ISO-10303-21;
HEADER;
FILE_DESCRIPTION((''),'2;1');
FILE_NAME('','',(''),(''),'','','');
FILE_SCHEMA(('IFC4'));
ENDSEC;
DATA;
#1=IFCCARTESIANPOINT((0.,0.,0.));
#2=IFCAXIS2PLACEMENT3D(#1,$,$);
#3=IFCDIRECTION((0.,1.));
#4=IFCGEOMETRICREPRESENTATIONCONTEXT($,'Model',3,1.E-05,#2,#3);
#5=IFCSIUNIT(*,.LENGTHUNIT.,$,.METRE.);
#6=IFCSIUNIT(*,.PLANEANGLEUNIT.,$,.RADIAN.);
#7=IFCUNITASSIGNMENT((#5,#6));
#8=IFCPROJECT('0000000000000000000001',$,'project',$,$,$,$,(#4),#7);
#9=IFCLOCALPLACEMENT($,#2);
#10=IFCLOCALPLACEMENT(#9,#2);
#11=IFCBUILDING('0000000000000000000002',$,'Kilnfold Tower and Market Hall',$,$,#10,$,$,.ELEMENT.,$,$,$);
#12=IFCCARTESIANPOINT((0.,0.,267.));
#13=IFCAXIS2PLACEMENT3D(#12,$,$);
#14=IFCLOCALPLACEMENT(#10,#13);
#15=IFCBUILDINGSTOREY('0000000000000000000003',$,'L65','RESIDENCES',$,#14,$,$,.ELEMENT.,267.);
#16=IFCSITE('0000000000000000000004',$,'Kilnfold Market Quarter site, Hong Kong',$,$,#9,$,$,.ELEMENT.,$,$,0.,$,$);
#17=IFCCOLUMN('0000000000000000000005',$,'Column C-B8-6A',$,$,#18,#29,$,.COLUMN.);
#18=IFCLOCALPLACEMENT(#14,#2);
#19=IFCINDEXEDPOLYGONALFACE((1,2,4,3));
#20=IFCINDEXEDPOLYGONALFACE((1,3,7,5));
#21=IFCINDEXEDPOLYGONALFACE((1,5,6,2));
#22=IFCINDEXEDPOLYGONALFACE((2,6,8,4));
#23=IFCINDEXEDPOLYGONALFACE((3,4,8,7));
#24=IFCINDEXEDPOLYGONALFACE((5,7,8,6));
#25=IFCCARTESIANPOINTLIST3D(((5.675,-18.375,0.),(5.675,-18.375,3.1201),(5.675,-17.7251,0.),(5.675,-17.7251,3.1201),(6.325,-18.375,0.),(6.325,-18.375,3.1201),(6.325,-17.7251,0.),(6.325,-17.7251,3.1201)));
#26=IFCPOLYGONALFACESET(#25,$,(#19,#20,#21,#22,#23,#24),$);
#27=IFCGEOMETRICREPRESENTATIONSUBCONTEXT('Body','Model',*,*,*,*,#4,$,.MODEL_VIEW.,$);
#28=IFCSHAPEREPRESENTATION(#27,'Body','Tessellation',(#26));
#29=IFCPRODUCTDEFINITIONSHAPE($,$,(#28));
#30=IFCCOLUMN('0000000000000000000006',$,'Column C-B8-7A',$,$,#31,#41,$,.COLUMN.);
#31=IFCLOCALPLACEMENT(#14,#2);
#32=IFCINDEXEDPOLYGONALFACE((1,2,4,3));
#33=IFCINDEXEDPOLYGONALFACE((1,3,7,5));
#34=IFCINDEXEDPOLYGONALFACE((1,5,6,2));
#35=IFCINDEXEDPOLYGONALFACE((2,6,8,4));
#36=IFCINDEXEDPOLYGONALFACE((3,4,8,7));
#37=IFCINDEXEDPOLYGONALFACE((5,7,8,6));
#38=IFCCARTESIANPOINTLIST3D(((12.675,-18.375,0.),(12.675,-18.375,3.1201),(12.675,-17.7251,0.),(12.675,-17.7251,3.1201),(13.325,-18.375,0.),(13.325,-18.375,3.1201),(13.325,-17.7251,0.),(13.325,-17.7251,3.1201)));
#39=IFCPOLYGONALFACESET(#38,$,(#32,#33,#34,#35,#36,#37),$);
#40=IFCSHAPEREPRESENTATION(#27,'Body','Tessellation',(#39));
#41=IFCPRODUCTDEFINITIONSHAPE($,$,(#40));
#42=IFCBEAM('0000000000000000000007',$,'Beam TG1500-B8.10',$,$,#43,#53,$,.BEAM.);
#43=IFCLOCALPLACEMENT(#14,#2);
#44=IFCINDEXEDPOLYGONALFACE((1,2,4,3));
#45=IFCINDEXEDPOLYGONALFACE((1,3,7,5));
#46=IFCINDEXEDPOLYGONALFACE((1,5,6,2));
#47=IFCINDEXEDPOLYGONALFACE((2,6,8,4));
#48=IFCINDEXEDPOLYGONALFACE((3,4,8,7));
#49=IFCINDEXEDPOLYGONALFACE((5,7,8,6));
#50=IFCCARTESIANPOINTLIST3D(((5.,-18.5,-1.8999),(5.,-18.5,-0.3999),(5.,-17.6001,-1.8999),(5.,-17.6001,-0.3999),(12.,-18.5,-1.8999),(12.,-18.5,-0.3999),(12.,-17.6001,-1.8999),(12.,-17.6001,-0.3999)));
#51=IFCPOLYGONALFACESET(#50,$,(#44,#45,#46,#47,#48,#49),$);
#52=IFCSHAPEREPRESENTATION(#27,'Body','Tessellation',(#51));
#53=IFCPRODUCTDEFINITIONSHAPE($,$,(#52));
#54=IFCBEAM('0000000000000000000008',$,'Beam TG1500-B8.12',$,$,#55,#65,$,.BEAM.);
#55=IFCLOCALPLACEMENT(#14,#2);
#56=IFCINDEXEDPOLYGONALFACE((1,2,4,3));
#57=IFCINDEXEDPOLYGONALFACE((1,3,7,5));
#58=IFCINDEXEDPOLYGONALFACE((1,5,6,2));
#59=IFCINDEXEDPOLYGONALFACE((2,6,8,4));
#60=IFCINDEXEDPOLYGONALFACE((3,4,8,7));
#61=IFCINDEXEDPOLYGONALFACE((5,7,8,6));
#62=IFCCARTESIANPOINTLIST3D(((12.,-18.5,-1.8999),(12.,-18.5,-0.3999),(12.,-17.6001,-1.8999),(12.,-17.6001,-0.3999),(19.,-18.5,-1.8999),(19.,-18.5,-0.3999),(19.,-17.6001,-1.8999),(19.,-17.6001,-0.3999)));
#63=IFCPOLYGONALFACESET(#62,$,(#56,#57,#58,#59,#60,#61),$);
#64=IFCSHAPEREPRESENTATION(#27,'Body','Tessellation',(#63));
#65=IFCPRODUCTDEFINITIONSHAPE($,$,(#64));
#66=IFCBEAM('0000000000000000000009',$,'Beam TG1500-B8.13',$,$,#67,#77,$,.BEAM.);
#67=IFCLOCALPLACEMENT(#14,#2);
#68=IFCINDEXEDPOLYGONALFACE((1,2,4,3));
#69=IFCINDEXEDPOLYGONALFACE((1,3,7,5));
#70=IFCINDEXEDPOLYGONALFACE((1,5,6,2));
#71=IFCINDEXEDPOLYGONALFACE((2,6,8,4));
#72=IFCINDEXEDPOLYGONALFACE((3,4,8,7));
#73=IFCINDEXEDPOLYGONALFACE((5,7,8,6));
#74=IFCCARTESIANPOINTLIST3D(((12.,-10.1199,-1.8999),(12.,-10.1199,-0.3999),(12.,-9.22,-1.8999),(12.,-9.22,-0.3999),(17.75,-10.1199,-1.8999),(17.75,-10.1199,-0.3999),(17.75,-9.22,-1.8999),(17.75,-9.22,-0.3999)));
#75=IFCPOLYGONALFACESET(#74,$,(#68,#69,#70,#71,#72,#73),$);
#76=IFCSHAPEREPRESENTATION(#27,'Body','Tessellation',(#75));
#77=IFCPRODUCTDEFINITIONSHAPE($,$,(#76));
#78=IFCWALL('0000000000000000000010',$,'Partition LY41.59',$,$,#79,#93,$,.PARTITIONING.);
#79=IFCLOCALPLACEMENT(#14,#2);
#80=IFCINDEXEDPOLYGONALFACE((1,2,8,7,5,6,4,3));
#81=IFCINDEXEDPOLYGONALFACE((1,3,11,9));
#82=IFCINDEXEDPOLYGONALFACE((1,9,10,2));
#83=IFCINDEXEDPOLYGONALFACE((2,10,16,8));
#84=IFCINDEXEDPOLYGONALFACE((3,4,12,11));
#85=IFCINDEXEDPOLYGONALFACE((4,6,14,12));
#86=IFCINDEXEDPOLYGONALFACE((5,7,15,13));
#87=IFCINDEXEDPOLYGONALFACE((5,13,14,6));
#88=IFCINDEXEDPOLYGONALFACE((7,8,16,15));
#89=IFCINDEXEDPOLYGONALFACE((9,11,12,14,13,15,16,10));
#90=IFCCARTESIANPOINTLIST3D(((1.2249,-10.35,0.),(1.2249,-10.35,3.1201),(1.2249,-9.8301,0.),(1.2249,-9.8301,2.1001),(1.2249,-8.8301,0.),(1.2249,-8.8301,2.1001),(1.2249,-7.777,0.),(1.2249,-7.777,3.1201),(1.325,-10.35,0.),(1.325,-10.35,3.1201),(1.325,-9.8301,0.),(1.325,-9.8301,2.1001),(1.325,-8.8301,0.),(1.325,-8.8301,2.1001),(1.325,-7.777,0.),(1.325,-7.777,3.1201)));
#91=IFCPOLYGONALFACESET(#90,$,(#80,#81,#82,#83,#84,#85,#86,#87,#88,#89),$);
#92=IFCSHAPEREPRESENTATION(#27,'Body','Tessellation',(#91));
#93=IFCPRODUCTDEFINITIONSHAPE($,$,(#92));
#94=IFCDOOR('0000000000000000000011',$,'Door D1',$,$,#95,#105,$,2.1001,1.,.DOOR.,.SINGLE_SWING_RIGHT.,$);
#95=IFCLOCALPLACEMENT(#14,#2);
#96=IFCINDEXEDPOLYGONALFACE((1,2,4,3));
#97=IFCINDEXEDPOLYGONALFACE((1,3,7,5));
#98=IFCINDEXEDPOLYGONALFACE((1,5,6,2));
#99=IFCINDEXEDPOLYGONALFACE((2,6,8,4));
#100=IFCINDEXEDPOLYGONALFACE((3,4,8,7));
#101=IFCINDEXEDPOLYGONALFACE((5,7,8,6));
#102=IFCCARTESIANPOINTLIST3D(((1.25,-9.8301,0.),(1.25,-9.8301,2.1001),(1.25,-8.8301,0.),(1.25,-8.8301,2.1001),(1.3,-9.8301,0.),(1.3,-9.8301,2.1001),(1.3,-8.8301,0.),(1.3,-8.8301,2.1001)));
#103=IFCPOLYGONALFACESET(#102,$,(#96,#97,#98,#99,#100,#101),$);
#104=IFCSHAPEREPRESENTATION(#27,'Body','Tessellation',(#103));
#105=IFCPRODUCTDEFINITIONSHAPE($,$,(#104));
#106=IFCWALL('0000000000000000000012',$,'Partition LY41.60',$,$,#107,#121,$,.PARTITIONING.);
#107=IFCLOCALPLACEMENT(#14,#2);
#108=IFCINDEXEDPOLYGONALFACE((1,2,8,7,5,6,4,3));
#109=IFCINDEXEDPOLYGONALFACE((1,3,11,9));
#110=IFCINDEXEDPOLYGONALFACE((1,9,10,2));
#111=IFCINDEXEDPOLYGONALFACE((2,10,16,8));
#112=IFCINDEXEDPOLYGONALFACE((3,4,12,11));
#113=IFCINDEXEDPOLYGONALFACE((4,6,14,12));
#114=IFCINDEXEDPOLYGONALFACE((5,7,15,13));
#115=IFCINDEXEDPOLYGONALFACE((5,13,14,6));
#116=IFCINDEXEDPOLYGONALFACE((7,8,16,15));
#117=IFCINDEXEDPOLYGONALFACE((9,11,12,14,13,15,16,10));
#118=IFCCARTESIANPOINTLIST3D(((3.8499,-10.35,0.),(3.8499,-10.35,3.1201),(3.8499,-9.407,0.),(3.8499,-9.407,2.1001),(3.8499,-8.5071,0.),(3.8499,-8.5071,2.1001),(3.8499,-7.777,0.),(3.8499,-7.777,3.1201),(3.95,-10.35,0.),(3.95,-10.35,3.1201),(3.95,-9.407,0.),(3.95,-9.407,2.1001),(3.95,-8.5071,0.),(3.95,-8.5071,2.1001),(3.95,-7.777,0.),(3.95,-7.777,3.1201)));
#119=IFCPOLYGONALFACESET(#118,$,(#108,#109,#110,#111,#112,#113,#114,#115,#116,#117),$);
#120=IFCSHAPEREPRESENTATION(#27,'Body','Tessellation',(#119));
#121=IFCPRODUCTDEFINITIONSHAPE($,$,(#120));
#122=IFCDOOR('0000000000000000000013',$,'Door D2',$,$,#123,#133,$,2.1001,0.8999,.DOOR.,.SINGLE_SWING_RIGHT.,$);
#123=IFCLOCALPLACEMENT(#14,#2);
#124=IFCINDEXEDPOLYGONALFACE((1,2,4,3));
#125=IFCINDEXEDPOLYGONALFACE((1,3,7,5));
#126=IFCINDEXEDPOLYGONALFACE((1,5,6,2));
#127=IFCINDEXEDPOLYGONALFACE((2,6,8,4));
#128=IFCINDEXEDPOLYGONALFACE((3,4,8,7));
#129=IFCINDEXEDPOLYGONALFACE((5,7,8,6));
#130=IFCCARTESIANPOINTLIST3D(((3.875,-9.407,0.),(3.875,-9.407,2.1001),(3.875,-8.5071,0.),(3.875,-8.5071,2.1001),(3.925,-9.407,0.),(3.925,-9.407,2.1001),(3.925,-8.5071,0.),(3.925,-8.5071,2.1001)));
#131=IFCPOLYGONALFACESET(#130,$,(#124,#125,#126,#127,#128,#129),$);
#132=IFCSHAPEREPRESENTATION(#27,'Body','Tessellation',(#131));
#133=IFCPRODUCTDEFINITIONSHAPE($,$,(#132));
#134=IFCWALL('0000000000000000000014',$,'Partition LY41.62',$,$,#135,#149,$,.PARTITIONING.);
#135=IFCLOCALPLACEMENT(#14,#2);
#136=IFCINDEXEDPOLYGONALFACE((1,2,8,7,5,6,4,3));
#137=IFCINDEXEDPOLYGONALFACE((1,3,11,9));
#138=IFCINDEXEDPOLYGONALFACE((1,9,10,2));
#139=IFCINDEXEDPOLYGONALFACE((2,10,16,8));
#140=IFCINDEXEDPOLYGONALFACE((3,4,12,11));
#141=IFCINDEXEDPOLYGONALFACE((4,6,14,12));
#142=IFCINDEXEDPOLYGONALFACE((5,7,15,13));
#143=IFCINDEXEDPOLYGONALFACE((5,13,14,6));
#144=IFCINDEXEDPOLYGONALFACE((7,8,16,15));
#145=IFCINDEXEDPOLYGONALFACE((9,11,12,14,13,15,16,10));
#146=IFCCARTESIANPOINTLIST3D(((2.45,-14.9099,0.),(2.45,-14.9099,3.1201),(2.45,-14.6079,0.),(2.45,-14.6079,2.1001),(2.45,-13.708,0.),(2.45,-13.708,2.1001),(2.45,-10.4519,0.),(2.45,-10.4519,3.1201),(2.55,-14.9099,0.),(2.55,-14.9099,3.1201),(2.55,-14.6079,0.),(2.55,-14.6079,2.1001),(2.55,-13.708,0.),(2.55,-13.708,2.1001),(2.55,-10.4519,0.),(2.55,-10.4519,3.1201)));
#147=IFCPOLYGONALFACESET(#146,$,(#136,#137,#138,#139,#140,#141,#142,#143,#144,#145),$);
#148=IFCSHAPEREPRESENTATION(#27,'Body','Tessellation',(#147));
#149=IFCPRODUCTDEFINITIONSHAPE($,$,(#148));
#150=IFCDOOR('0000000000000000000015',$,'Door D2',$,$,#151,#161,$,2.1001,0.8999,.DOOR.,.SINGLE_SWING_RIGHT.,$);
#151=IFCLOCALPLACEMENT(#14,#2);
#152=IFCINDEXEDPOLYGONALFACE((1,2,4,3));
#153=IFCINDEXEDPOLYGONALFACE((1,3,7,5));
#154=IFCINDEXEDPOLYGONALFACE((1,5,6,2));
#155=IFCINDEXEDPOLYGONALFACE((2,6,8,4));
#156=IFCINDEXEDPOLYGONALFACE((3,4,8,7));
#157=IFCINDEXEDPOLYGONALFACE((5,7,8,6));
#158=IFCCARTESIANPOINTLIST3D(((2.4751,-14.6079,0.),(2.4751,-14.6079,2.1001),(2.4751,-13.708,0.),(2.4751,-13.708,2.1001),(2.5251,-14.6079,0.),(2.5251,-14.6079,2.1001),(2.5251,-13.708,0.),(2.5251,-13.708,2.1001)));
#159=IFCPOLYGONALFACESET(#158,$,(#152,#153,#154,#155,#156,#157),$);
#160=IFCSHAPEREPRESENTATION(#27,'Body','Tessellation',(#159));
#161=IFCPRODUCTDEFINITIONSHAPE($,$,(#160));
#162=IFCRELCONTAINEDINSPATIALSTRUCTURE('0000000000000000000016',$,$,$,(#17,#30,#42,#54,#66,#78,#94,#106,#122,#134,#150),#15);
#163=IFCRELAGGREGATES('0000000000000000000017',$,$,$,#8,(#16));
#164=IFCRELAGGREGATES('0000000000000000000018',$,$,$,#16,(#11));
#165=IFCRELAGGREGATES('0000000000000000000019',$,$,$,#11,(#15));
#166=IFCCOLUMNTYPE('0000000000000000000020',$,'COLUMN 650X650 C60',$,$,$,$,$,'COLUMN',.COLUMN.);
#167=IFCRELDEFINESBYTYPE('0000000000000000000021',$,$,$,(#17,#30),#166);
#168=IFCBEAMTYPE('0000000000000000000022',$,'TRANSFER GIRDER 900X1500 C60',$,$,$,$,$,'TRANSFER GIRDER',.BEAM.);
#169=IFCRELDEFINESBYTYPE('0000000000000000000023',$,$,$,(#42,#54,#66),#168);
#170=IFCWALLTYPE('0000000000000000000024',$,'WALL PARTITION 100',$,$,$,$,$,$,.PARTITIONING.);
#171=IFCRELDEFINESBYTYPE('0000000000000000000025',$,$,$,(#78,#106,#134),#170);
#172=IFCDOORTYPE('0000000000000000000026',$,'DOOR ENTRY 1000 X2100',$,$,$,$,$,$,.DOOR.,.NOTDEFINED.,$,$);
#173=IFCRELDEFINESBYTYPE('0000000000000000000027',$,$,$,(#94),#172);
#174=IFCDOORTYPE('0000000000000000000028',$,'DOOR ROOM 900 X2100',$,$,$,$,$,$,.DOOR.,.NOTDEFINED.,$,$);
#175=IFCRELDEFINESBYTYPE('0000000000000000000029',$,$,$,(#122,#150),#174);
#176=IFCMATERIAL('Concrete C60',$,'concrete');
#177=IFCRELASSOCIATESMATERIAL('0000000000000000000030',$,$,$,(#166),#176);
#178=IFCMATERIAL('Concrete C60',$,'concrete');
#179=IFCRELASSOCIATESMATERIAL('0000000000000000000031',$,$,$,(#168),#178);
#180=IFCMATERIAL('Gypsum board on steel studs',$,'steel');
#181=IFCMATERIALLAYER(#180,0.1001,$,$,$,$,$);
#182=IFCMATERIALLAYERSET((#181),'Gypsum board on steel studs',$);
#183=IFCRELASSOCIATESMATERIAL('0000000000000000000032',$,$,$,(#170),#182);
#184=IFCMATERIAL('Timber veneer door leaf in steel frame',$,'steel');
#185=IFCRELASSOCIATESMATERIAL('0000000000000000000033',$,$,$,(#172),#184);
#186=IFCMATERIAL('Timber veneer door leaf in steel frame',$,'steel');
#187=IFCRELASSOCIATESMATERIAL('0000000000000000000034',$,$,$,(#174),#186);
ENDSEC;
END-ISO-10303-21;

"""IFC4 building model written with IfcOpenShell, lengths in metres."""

from ifc_helpers import new_model, si_unit, direction, frame, frame_2d, origin, origin_2d, place, context, subcontext, project, spatial, rectangle, extrude, source, transform, mapped, material, layer, layer_set, material_profile, profile_set, type_object, element, fill, save


model = new_model("IFC4")

# Units and contexts
model_context = context("Model", 3, precision=1e-05, world=origin(), true_north=direction((0.0, 1.0)))
body_context = subcontext(model_context, "Body", "Model", "MODEL_VIEW")
ifc_project = project(units=[si_unit("LENGTHUNIT", "METRE"), si_unit("PLANEANGLEUNIT", "RADIAN")], contexts=[model_context])

# Site, building, storey
site_placement = place(None, origin())
site = spatial("IfcSite", under=ifc_project, at=site_placement, Name="Kilnfold Market Quarter site, Hong Kong", CompositionType="ELEMENT", RefElevation=0.0)
building_placement = place(site_placement, origin())
building = spatial("IfcBuilding", under=site, at=building_placement, Name="Kilnfold Tower and Market Hall", CompositionType="ELEMENT")
storey_placement = place(building_placement, frame((0.0, 0.0, 267.0)))
storey = spatial("IfcBuildingStorey", under=building, at=storey_placement, Name="L65", Description="RESIDENCES", CompositionType="ELEMENT", Elevation=267.0)

# Columns
ifc_material_1 = material(Name="Concrete C60", Category="concrete")
ifc_material_profile_1 = material_profile(ifc_material_1, rectangle(XDim=0.6499, YDim=0.6499, at=origin_2d()), Name="RC 650x650")
ifc_profile_set_1 = profile_set([ifc_material_profile_1], Name="Concrete C60")
column_type = type_object("IfcColumnType", Name="COLUMN 650X650 C60", ElementType="COLUMN", PredefinedType="COLUMN", material=ifc_profile_set_1)
shared_shape_1 = source(origin(), body_context, "Body", "SweptSolid", [
    extrude(rectangle(XDim=0.6499, YDim=0.6499, at=origin_2d()), origin(), (0.0, 0.0, 1.0), 3.1201),
])
for number, where, z_axis, x_axis, name in (
    (1, (6.0, -18.05, 0.0), (0.0, 0.0, 1.0), (1.0, 0.0, 0.0), "Column C-B8-6A"),
    (2, (13.0, -18.05, 0.0), (0.0, 0.0, 1.0), (1.0, 0.0, 0.0), "Column C-B8-7A"),
):
    element("IfcColumn", number, at=place(storey_placement, frame(where, z_axis=z_axis, x_axis=x_axis)), inside=storey, type_object=column_type, Name=name, PredefinedType="COLUMN", context=body_context, shape_type="MappedRepresentation", body=[
        mapped(shared_shape_1, transform((0.0, 0.0, 0.0))),
    ])

# Beams
ifc_material_2 = material(Name="Concrete C60", Category="concrete")
ifc_material_profile_2 = material_profile(ifc_material_2, rectangle(XDim=0.8999, YDim=1.5, at=origin_2d()), Name="RC 900x1500")
ifc_profile_set_2 = profile_set([ifc_material_profile_2], Name="Concrete C60")
beam_type = type_object("IfcBeamType", Name="TRANSFER GIRDER 900X1500 C60", ElementType="TRANSFER GIRDER", PredefinedType="BEAM", material=ifc_profile_set_2)
shared_shape_2 = source(origin(), body_context, "Body", "SweptSolid", [
    extrude(rectangle(XDim=0.8999, YDim=1.5, at=origin_2d()), origin(), (0.0, 0.0, 1.0), 7.0),
])
for number, where, z_axis, x_axis, name in (
    (3, (5.0, -18.05, -1.1499), (1.0, 0.0, 0.0), (0.0, 1.0, 0.0), "Beam TG1500-B8.10"),
    (4, (12.0, -18.05, -1.1499), (1.0, 0.0, 0.0), (0.0, 1.0, 0.0), "Beam TG1500-B8.12"),
):
    element("IfcBeam", number, at=place(storey_placement, frame(where, z_axis=z_axis, x_axis=x_axis)), inside=storey, type_object=beam_type, Name=name, PredefinedType="BEAM", context=body_context, shape_type="MappedRepresentation", body=[
        mapped(shared_shape_2, transform((0.0, 0.0, 0.0))),
    ])
shared_shape_3 = source(origin(), body_context, "Body", "SweptSolid", [
    extrude(rectangle(XDim=0.8999, YDim=1.5, at=origin_2d()), origin(), (0.0, 0.0, 1.0), 5.75),
])
beam_placement = place(storey_placement, frame((12.0, -9.6699, -1.1499), z_axis=(1.0, 0.0, 0.0), x_axis=(0.0, 1.0, 0.0)))
element("IfcBeam", 5, at=beam_placement, inside=storey, type_object=beam_type, Name="Beam TG1500-B8.13", PredefinedType="BEAM", context=body_context, shape_type="MappedRepresentation", body=[
    mapped(shared_shape_3, transform((0.0, 0.0, 0.0))),
])

# Walls, openings, doors
ifc_material_3 = material(Name="Gypsum board on steel studs", Category="steel")
ifc_layer_1 = layer(ifc_material_3, 0.1001)
ifc_layer_set_1 = layer_set([ifc_layer_1], Name="Gypsum board on steel studs")
wall_type_1 = type_object("IfcWallType", Name="WALL PARTITION 100", PredefinedType="PARTITIONING", material=ifc_layer_set_1)
wall_1_placement = place(storey_placement, frame((1.2749, -10.3501, 0.0), z_axis=(0.0, 0.0, 1.0), x_axis=(0.0, 1.0, 0.0)))
wall_1 = element("IfcWall", 6, at=wall_1_placement, inside=storey, type_object=wall_type_1, Name="Partition LY41.59", PredefinedType="PARTITIONING", context=body_context, shape_type="SweptSolid", body=[
    extrude(rectangle(XDim=2.573, YDim=0.1001, at=frame_2d((1.2866, 0.0))), origin(), (0.0, 0.0, 1.0), 3.1201),
])
opening_1_placement = place(wall_1_placement, frame((0.52, 0.0, 0.0)))
opening_1 = element("IfcOpeningElement", 7, at=opening_1_placement, cuts=wall_1, PredefinedType="OPENING", context=body_context, shape_type="SweptSolid", body=[
    extrude(rectangle(XDim=1.0, YDim=2.1001, at=frame_2d((0.5, 1.05))), frame((0.0, 0.0601, 0.0), z_axis=(0.0, -1.0, 0.0), x_axis=(1.0, 0.0, 0.0)), (0.0, 0.0, 1.0), 0.1201),
])
ifc_material_4 = material(Name="Timber veneer door leaf in steel frame", Category="steel")
door_type_1 = type_object("IfcDoorType", Name="DOOR ENTRY 1000 X2100", OperationType="NOTDEFINED", PredefinedType="DOOR", material=ifc_material_4)
door_1_placement = place(opening_1_placement, origin())
door_1 = element("IfcDoor", 8, at=door_1_placement, inside=storey, type_object=door_type_1, Name="Door D1", OperationType="SINGLE_SWING_RIGHT", OverallHeight=2.1001, OverallWidth=1.0, PredefinedType="DOOR", context=body_context, shape_type="SweptSolid", body=[
    extrude(rectangle(XDim=1.0, YDim=2.1001, at=frame_2d((0.5, 1.05))), frame((0.0, 0.0249, 0.0), z_axis=(0.0, -1.0, 0.0), x_axis=(1.0, 0.0, 0.0)), (0.0, 0.0, 1.0), 0.05),
])
fill(opening_1, door_1)
wall_2_placement = place(storey_placement, frame((3.8999, -10.3501, 0.0), z_axis=(0.0, 0.0, 1.0), x_axis=(0.0, 1.0, 0.0)))
wall_2 = element("IfcWall", 9, at=wall_2_placement, inside=storey, type_object=wall_type_1, Name="Partition LY41.60", PredefinedType="PARTITIONING", context=body_context, shape_type="SweptSolid", body=[
    extrude(rectangle(XDim=2.573, YDim=0.1001, at=frame_2d((1.2866, 0.0))), origin(), (0.0, 0.0, 1.0), 3.1201),
])
opening_2_placement = place(wall_2_placement, frame((0.9431, 0.0, 0.0)))
opening_2 = element("IfcOpeningElement", 10, at=opening_2_placement, cuts=wall_2, PredefinedType="OPENING", context=body_context, shape_type="SweptSolid", body=[
    extrude(rectangle(XDim=0.8999, YDim=2.1001, at=frame_2d((0.45, 1.05))), frame((0.0, 0.0601, 0.0), z_axis=(0.0, -1.0, 0.0), x_axis=(1.0, 0.0, 0.0)), (0.0, 0.0, 1.0), 0.1201),
])
ifc_material_5 = material(Name="Timber veneer door leaf in steel frame", Category="steel")
door_type_2 = type_object("IfcDoorType", Name="DOOR ROOM 900 X2100", OperationType="NOTDEFINED", PredefinedType="DOOR", material=ifc_material_5)
door_2_placement = place(opening_2_placement, origin())
door_2 = element("IfcDoor", 11, at=door_2_placement, inside=storey, type_object=door_type_2, Name="Door D2", OperationType="SINGLE_SWING_RIGHT", OverallHeight=2.1001, OverallWidth=0.8999, PredefinedType="DOOR", context=body_context, shape_type="SweptSolid", body=[
    extrude(rectangle(XDim=0.8999, YDim=2.1001, at=frame_2d((0.45, 1.05))), frame((0.0, 0.0249, 0.0), z_axis=(0.0, -1.0, 0.0), x_axis=(1.0, 0.0, 0.0)), (0.0, 0.0, 1.0), 0.05),
])
fill(opening_2, door_2)
wall_3_placement = place(storey_placement, frame((2.5, -14.9099, 0.0), z_axis=(0.0, 0.0, 1.0), x_axis=(0.0, 1.0, 0.0)))
wall_3 = element("IfcWall", 12, at=wall_3_placement, inside=storey, type_object=wall_type_1, Name="Partition LY41.62", PredefinedType="PARTITIONING", context=body_context, shape_type="SweptSolid", body=[
    extrude(rectangle(XDim=4.458, YDim=0.1001, at=frame_2d((2.229, 0.0))), origin(), (0.0, 0.0, 1.0), 3.1201),
])
opening_3_placement = place(wall_3_placement, frame((0.302, 0.0, 0.0)))
opening_3 = element("IfcOpeningElement", 13, at=opening_3_placement, cuts=wall_3, PredefinedType="OPENING", context=body_context, shape_type="SweptSolid", body=[
    extrude(rectangle(XDim=0.8999, YDim=2.1001, at=frame_2d((0.45, 1.05))), frame((0.0, 0.0601, 0.0), z_axis=(0.0, -1.0, 0.0), x_axis=(1.0, 0.0, 0.0)), (0.0, 0.0, 1.0), 0.1201),
])
door_3_placement = place(opening_3_placement, origin())
door_3 = element("IfcDoor", 14, at=door_3_placement, inside=storey, type_object=door_type_2, Name="Door D2", OperationType="SINGLE_SWING_RIGHT", OverallHeight=2.1001, OverallWidth=0.8999, PredefinedType="DOOR", context=body_context, shape_type="SweptSolid", body=[
    extrude(rectangle(XDim=0.8999, YDim=2.1001, at=frame_2d((0.45, 1.05))), frame((0.0, 0.0249, 0.0), z_axis=(0.0, -1.0, 0.0), x_axis=(1.0, 0.0, 0.0)), (0.0, 0.0, 1.0), 0.05),
])
fill(opening_3, door_3)

save(model, "model.ifc")
